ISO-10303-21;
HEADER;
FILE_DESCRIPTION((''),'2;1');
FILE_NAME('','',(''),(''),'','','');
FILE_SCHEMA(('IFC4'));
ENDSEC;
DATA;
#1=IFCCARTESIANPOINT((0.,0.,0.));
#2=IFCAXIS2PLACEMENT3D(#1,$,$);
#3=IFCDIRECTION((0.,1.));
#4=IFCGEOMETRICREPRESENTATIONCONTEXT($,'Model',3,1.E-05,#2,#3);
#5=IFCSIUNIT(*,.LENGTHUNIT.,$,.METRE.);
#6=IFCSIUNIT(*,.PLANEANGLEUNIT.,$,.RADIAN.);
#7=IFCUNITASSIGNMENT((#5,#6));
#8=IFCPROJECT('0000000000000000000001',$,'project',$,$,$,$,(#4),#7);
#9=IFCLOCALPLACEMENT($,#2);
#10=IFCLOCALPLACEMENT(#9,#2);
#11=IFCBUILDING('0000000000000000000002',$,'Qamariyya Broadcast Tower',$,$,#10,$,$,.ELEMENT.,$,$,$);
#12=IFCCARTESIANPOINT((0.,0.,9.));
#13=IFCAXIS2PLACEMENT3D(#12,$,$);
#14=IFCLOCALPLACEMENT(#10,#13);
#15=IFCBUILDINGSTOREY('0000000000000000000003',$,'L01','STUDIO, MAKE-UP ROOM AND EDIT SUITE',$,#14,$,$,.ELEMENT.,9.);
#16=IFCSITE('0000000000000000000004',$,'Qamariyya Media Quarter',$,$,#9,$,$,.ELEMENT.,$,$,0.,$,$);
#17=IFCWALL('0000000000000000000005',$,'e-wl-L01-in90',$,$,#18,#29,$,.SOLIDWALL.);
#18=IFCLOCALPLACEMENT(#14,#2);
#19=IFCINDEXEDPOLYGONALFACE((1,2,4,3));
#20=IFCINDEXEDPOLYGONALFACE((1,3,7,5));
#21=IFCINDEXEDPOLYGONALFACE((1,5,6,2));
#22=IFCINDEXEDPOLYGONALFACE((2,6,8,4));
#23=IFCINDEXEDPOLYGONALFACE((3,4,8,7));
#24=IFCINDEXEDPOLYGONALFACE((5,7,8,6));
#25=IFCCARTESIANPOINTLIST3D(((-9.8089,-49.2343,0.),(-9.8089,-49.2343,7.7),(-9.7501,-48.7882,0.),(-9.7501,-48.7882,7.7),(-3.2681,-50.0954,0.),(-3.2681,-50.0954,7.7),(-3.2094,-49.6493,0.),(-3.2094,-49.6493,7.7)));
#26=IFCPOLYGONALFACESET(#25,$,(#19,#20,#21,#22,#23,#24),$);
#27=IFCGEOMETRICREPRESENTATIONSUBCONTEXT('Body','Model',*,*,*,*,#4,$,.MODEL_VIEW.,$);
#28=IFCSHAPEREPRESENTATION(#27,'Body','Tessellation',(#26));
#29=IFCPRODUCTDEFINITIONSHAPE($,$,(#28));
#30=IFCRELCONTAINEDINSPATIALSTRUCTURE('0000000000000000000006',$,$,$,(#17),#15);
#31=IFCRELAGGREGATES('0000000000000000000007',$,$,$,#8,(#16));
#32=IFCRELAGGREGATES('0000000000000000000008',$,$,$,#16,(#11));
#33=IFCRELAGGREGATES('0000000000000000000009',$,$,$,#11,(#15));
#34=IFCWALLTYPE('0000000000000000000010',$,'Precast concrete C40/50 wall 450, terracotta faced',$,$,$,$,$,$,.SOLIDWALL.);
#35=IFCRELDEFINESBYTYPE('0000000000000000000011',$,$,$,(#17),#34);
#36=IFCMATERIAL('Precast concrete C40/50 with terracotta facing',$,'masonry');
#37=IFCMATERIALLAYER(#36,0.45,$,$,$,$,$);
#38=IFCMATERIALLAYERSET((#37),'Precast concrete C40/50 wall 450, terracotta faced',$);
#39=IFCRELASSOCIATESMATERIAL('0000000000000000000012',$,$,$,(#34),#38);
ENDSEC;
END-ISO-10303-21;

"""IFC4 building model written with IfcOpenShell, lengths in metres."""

from ifc_helpers import new_model, si_unit, direction, frame, frame_2d, origin, place, context, subcontext, project, spatial, rectangle, extrude, material, layer, layer_set, type_object, element, save


model = new_model("IFC4")

# Units and contexts
model_context = context("Model", 3, precision=1e-05, world=origin(), true_north=direction((0.0, 1.0)))
body_context = subcontext(model_context, "Body", "Model", "MODEL_VIEW")
ifc_project = project(units=[si_unit("LENGTHUNIT", "METRE"), si_unit("PLANEANGLEUNIT", "RADIAN")], contexts=[model_context])

# Site, building, storey
site_placement = place(None, origin())
site = spatial("IfcSite", under=ifc_project, at=site_placement, Name="Qamariyya Media Quarter", CompositionType="ELEMENT", RefElevation=0.0)
building_placement = place(site_placement, origin())
building = spatial("IfcBuilding", under=site, at=building_placement, Name="Qamariyya Broadcast Tower", CompositionType="ELEMENT")
storey_placement = place(building_placement, frame((0.0, 0.0, 9.0)))
storey = spatial("IfcBuildingStorey", under=building, at=storey_placement, Name="L01", Description="STUDIO, MAKE-UP ROOM AND EDIT SUITE", CompositionType="ELEMENT", Elevation=9.0)

# Wall
ifc_material_1 = material(Name="Precast concrete C40/50 with terracotta facing", Category="masonry")
ifc_layer_1 = layer(ifc_material_1, 0.45)
ifc_layer_set_1 = layer_set([ifc_layer_1], Name="Precast concrete C40/50 wall 450, terracotta faced")
wall_type_1 = type_object("IfcWallType", Name="Precast concrete C40/50 wall 450, terracotta faced", PredefinedType="SOLIDWALL", material=ifc_layer_set_1)
wall_1_placement = place(storey_placement, frame((-3.2388, -49.8723, 0.0), z_axis=(0.0, 0.0, 1.0), x_axis=(-0.991445, 0.130522, 0.0)))
element("IfcWall", 1, at=wall_1_placement, inside=storey, type_object=wall_type_1, Name="e-wl-L01-in90", PredefinedType="SOLIDWALL", context=body_context, shape_type="SweptSolid", body=[
    extrude(rectangle(XDim=6.5972, YDim=0.45, at=frame_2d((3.2986, 0.0))), origin(), (0.0, 0.0, 1.0), 7.7),
])

save(model, "model.ifc")
